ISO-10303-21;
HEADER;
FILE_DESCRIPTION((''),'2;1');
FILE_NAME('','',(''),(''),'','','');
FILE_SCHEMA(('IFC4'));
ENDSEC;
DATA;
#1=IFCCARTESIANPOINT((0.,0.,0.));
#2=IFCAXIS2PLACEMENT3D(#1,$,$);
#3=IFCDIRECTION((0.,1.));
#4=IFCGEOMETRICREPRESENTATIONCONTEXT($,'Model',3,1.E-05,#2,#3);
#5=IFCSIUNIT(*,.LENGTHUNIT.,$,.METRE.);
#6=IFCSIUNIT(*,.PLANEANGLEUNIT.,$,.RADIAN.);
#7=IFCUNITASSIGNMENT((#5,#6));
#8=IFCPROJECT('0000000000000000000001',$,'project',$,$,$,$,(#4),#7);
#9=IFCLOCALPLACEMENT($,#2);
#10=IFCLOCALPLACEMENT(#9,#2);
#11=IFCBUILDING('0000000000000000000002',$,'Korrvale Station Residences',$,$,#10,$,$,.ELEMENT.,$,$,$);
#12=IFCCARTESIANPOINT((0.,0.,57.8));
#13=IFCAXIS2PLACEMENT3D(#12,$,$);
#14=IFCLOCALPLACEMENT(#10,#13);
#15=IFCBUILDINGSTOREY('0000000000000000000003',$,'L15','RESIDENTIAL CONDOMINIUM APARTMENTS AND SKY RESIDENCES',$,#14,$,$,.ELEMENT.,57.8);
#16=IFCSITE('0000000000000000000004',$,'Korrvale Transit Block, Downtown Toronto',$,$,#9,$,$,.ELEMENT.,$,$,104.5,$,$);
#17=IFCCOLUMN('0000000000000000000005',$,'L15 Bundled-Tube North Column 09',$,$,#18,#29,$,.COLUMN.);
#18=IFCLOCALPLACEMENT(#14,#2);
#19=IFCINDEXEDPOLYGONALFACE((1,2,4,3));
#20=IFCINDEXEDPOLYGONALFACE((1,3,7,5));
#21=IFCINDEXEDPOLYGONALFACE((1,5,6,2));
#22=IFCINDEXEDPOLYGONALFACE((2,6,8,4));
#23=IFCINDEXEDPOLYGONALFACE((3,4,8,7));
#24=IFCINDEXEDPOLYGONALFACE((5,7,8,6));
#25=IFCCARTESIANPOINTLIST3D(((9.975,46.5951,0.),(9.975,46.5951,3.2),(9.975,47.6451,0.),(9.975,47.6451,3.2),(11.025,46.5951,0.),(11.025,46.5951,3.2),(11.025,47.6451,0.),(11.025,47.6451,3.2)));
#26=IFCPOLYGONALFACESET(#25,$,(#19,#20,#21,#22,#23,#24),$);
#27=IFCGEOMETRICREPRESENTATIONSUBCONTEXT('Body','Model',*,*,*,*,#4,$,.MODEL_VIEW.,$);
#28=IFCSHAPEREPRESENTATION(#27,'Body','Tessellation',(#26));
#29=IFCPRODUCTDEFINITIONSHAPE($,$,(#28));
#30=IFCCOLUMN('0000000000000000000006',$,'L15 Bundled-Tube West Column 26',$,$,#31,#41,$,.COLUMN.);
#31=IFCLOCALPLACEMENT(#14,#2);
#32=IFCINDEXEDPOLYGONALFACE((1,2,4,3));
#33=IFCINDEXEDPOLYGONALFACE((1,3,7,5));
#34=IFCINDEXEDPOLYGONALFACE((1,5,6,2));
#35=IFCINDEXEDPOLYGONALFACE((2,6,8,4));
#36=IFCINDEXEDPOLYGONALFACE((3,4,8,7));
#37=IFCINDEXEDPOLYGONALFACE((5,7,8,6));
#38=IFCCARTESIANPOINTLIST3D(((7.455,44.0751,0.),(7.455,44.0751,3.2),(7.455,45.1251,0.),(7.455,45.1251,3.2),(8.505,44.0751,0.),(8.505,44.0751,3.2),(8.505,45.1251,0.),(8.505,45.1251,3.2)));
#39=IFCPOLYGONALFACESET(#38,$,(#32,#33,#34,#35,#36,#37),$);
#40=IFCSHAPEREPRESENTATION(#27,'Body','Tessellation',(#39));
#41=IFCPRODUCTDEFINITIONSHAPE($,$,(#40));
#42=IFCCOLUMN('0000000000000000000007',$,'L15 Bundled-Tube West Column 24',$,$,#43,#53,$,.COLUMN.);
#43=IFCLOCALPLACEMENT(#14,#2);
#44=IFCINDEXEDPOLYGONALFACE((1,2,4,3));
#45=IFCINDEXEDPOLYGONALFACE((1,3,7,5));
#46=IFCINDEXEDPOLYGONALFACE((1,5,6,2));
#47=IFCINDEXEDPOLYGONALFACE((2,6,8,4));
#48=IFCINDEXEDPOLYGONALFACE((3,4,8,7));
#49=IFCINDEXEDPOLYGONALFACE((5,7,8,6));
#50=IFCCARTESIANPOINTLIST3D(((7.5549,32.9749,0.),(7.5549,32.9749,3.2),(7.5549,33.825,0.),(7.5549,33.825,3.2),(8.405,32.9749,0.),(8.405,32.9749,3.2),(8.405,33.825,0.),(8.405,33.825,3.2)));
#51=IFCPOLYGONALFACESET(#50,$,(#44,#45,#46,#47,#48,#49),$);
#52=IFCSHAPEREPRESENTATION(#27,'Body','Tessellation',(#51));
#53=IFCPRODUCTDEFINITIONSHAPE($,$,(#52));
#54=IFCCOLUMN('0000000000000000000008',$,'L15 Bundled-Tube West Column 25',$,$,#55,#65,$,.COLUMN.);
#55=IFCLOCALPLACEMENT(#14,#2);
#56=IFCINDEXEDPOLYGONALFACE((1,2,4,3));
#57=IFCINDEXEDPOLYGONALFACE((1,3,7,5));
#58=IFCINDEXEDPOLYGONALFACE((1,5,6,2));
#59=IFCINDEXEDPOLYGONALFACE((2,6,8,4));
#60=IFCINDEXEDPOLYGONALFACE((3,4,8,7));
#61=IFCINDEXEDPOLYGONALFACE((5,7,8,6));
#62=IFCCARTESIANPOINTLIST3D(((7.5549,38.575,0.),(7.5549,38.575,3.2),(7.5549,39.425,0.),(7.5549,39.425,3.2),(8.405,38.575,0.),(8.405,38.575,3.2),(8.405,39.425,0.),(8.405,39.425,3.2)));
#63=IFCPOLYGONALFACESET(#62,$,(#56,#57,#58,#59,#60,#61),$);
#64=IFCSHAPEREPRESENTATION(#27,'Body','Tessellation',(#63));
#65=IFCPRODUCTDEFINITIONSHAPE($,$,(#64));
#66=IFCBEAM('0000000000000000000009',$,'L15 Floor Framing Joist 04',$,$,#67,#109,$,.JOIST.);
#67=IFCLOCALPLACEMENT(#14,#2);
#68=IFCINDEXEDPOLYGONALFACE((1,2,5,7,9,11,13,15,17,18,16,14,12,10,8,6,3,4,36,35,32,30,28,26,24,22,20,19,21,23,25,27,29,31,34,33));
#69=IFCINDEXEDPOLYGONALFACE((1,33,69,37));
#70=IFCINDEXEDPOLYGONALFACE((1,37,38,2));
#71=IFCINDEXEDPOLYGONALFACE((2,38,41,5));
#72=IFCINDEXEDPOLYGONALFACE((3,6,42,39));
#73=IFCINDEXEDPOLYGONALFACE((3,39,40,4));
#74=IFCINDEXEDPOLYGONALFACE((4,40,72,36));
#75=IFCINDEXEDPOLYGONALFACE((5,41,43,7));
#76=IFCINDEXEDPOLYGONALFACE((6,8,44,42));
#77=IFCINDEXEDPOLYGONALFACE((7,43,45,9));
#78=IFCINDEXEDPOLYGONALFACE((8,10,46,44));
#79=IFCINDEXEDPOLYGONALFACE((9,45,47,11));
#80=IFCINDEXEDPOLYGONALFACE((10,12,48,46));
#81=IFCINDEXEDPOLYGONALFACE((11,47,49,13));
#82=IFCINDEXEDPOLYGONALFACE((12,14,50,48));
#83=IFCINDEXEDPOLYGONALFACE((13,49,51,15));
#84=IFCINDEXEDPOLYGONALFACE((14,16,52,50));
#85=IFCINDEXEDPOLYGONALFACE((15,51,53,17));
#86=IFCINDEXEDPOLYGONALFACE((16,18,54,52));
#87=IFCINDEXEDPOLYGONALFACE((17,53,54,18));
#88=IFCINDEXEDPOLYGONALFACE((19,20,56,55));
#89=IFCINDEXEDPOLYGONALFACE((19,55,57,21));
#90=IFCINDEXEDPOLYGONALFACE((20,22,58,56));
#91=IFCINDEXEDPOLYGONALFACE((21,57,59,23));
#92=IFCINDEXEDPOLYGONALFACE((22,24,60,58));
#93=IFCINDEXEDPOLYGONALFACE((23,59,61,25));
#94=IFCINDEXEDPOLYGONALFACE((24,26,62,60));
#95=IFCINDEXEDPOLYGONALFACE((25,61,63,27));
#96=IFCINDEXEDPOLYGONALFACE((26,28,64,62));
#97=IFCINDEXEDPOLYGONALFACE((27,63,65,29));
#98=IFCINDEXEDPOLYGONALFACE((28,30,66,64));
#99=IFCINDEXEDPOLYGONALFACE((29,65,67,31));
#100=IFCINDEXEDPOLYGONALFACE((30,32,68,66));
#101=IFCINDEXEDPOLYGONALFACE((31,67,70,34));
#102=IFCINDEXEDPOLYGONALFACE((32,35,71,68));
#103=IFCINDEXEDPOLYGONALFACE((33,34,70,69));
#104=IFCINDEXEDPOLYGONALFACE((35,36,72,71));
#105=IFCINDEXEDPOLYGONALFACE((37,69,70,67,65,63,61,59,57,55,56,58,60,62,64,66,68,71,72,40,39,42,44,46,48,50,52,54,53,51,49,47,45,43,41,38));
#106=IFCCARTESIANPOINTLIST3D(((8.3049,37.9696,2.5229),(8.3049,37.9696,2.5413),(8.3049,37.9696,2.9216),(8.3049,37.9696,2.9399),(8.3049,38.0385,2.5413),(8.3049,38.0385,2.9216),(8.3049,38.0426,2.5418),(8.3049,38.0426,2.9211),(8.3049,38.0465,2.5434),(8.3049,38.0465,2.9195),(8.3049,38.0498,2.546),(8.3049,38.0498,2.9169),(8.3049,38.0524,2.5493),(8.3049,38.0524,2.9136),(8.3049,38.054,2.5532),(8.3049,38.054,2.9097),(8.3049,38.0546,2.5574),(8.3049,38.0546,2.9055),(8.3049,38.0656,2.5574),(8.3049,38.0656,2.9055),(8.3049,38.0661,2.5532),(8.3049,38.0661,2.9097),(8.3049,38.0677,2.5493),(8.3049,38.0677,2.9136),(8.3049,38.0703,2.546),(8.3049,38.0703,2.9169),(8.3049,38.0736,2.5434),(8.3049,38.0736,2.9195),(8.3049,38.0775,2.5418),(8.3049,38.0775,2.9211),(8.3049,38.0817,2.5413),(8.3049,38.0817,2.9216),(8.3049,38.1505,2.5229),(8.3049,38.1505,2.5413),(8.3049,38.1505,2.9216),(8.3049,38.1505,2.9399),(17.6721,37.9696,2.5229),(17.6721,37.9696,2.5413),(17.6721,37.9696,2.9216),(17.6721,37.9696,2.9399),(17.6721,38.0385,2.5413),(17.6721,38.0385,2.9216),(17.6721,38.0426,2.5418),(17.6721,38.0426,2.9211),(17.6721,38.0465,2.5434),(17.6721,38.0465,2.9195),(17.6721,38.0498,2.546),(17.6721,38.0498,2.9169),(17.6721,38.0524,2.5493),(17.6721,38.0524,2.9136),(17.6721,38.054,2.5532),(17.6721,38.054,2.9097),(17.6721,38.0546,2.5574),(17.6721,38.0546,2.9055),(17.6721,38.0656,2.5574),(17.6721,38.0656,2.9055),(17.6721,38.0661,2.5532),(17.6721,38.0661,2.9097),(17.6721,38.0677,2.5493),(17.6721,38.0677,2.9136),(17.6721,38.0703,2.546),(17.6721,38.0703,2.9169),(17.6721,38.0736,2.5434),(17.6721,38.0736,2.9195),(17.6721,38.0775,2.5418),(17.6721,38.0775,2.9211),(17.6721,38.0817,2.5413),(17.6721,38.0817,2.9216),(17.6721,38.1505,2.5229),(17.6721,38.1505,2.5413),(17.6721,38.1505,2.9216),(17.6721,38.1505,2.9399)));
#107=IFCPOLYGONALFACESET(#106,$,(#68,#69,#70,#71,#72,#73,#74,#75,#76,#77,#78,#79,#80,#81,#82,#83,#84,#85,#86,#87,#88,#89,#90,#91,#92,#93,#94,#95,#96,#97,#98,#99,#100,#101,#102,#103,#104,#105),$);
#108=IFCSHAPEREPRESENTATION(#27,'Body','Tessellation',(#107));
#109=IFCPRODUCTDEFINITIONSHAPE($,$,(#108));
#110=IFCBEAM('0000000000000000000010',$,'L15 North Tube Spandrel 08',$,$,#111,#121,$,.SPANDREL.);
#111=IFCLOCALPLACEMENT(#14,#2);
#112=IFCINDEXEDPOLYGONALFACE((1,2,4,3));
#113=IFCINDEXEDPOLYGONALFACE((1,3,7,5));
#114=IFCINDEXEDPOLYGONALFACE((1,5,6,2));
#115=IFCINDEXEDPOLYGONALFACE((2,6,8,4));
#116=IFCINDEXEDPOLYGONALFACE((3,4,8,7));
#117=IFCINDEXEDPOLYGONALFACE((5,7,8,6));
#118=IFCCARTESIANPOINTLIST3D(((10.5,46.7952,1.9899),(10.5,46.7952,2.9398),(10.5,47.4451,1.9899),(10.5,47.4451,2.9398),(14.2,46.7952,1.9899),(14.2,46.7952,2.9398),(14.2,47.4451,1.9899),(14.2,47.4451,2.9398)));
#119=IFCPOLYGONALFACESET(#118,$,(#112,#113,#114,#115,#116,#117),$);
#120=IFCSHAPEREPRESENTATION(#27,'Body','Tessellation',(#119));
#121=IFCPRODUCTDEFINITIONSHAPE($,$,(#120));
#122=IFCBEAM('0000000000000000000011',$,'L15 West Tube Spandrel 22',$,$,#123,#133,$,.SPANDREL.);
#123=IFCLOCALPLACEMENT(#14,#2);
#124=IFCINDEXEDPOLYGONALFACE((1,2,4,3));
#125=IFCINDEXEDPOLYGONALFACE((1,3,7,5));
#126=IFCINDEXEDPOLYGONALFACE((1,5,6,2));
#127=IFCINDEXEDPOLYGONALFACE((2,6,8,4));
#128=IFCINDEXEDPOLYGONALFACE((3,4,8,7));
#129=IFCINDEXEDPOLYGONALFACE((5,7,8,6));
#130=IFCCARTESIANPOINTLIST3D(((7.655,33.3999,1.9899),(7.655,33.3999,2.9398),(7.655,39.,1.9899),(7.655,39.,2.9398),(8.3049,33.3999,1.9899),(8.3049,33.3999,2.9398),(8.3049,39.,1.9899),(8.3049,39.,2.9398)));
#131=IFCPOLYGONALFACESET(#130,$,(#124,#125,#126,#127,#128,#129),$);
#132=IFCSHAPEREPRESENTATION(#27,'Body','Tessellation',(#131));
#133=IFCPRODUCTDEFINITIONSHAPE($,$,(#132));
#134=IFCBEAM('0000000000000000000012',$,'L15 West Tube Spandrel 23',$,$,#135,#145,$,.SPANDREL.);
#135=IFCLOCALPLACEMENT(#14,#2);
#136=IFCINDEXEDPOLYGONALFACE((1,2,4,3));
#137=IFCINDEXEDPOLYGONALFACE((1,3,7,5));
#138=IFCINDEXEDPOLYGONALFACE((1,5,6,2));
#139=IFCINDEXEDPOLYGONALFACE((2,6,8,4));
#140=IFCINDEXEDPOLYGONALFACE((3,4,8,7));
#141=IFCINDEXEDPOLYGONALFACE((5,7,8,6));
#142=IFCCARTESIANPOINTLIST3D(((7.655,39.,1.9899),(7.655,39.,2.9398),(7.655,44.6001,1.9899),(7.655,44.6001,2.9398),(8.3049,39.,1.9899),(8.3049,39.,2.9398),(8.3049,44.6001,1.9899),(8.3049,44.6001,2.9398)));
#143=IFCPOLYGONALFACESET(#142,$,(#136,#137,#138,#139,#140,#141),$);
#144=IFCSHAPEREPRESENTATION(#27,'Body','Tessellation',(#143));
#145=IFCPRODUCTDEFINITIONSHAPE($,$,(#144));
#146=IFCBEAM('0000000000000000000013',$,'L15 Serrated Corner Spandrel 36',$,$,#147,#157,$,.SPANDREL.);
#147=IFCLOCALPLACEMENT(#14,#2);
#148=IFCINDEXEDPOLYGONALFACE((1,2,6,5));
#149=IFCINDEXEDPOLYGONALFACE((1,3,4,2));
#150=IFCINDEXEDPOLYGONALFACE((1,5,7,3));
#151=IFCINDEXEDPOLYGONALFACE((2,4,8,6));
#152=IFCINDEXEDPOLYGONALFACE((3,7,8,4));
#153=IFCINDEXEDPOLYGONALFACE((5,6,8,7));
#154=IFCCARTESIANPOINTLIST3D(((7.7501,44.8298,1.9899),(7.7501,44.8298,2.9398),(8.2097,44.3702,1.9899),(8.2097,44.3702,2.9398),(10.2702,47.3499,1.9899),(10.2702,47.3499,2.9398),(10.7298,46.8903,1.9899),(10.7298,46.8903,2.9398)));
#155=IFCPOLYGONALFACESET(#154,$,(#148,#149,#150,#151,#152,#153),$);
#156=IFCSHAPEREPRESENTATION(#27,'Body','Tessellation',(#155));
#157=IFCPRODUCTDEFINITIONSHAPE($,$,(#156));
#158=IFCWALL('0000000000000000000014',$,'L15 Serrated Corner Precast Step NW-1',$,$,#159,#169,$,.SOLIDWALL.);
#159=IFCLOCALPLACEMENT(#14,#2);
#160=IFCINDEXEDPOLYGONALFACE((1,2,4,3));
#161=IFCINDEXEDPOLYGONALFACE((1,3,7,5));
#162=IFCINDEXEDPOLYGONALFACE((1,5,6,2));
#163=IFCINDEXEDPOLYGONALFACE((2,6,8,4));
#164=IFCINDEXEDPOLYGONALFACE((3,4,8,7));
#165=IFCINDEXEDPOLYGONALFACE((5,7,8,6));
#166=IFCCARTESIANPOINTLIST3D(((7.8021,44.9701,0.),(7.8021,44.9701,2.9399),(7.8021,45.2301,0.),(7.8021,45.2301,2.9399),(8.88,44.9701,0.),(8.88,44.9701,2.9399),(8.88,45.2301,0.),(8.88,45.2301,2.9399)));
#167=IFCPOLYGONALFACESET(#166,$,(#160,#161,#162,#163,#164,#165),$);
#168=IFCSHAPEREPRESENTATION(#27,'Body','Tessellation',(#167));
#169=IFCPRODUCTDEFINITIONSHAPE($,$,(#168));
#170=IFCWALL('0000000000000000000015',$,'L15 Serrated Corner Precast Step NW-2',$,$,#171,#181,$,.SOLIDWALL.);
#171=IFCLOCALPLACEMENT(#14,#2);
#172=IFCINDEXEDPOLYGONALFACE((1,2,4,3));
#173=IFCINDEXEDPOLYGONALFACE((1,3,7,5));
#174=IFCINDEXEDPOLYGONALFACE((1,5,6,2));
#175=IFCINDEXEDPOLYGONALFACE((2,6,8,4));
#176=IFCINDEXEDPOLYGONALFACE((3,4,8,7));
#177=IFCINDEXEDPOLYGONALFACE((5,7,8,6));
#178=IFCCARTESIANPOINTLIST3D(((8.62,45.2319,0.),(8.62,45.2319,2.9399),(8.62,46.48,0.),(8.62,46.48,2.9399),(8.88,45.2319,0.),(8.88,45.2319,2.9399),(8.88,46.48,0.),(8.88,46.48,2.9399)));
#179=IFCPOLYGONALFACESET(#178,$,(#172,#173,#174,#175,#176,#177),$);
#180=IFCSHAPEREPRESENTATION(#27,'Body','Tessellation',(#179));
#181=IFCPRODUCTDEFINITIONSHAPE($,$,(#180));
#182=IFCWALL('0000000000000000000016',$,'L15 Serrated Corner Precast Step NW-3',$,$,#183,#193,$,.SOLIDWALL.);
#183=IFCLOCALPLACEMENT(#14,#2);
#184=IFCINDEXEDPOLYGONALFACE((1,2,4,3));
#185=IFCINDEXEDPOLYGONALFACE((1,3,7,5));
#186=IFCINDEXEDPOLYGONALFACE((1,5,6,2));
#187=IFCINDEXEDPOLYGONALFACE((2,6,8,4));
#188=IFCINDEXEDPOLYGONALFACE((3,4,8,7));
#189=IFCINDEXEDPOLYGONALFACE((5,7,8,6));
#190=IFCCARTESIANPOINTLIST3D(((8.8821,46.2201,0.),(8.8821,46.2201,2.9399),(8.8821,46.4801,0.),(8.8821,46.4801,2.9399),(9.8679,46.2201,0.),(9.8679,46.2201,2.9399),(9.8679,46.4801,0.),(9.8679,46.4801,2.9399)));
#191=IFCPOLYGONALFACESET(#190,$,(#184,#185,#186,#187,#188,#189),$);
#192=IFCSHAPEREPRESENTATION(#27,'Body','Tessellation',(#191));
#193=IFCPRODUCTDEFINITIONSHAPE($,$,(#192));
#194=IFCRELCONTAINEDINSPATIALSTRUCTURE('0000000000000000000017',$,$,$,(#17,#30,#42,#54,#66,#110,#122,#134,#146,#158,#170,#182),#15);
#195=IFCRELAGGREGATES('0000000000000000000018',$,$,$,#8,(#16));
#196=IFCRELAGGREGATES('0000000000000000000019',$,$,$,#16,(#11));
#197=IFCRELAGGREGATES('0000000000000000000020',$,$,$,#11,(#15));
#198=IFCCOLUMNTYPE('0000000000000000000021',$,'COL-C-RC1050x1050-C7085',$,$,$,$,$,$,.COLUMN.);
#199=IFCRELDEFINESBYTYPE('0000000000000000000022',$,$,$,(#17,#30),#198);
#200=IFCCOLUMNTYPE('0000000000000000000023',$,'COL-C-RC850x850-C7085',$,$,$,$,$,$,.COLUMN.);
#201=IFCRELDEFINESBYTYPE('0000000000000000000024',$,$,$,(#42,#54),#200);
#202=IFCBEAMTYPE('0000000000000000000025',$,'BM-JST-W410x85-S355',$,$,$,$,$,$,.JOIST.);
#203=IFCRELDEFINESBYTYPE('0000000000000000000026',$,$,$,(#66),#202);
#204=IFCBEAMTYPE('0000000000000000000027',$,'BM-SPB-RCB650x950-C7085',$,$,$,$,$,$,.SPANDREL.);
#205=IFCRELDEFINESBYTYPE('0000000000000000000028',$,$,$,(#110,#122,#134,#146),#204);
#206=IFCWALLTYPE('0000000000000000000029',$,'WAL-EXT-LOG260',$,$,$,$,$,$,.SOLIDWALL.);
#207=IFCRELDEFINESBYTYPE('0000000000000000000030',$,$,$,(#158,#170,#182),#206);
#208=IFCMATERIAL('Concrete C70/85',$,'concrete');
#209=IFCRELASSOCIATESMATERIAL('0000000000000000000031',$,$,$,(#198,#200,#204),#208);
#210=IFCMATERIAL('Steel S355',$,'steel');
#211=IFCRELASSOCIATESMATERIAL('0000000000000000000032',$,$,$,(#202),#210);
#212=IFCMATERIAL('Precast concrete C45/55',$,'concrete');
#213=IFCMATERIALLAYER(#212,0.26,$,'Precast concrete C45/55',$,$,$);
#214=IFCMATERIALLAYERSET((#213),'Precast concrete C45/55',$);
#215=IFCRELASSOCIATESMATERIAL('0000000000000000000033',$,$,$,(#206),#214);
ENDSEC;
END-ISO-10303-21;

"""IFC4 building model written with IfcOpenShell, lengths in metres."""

from ifc_helpers import new_model, si_unit, direction, frame, frame_2d, origin, origin_2d, place, context, subcontext, project, spatial, rectangle, i_section, extrude, material, layer, layer_set, material_profile, profile_set, type_object, element, save


model = new_model("IFC4")

# Units and contexts
model_context = context("Model", 3, precision=1e-05, world=origin(), true_north=direction((0.0, 1.0)))
body_context = subcontext(model_context, "Body", "Model", "MODEL_VIEW")
ifc_project = project(units=[si_unit("LENGTHUNIT", "METRE"), si_unit("PLANEANGLEUNIT", "RADIAN")], contexts=[model_context])

# Site, building, storey
site_placement = place(None, origin())
site = spatial("IfcSite", under=ifc_project, at=site_placement, Name="Korrvale Transit Block, Downtown Toronto", CompositionType="ELEMENT", RefElevation=104.5)
building_placement = place(site_placement, origin())
building = spatial("IfcBuilding", under=site, at=building_placement, Name="Korrvale Station Residences", CompositionType="ELEMENT")
storey_placement = place(building_placement, frame((0.0, 0.0, 57.8)))
storey = spatial("IfcBuildingStorey", under=building, at=storey_placement, Name="L15", Description="RESIDENTIAL CONDOMINIUM APARTMENTS AND SKY RESIDENCES", CompositionType="ELEMENT", Elevation=57.8)

# Columns
ifc_material_1 = material(Name="Concrete C70/85", Category="concrete")
ifc_material_profile_1 = material_profile(ifc_material_1, rectangle(XDim=1.05, YDim=1.05, at=origin_2d()), Name="RC1050x1050")
ifc_profile_set_1 = profile_set([ifc_material_profile_1], Name="Concrete C70/85")
column_type_1 = type_object("IfcColumnType", Name="COL-C-RC1050x1050-C7085", PredefinedType="COLUMN", material=ifc_profile_set_1)
for number, where, z_axis, x_axis, name in (
    (1, (10.5, 47.1201, 0.0), (0.0, 0.0, 1.0), (1.0, 0.0, 0.0), "L15 Bundled-Tube North Column 09"),
    (2, (7.98, 44.6001, 0.0), (0.0, 0.0, 1.0), (1.0, 0.0, 0.0), "L15 Bundled-Tube West Column 26"),
):
    element("IfcColumn", number, at=place(storey_placement, frame(where, z_axis=z_axis, x_axis=x_axis)), inside=storey, type_object=column_type_1, Name=name, PredefinedType="COLUMN", context=body_context, shape_type="SweptSolid", body=[
        extrude(rectangle(XDim=1.05, YDim=1.05, at=origin_2d()), origin(), (0.0, 0.0, 1.0), 3.2),
    ])
ifc_material_profile_2 = material_profile(ifc_material_1, rectangle(XDim=0.8501, YDim=0.8501, at=origin_2d()), Name="RC850x850")
ifc_profile_set_2 = profile_set([ifc_material_profile_2], Name="Concrete C70/85")
column_type_2 = type_object("IfcColumnType", Name="COL-C-RC850x850-C7085", PredefinedType="COLUMN", material=ifc_profile_set_2)
for number, where, z_axis, x_axis, name in (
    (3, (7.98, 33.3999, 0.0), (0.0, 0.0, 1.0), (1.0, 0.0, 0.0), "L15 Bundled-Tube West Column 24"),
    (4, (7.98, 39.0, 0.0), (0.0, 0.0, 1.0), (1.0, 0.0, 0.0), "L15 Bundled-Tube West Column 25"),
):
    element("IfcColumn", number, at=place(storey_placement, frame(where, z_axis=z_axis, x_axis=x_axis)), inside=storey, type_object=column_type_2, Name=name, PredefinedType="COLUMN", context=body_context, shape_type="SweptSolid", body=[
        extrude(rectangle(XDim=0.8501, YDim=0.8501, at=origin_2d()), origin(), (0.0, 0.0, 1.0), 3.2),
    ])

# Beams
ifc_material_2 = material(Name="Steel S355", Category="steel")
ifc_material_profile_3 = material_profile(ifc_material_2, i_section(OverallWidth=0.1809, OverallDepth=0.417, WebThickness=0.011, FlangeThickness=0.0183, FilletRadius=0.0161, at=origin_2d()), Name="W410x85")
ifc_profile_set_3 = profile_set([ifc_material_profile_3], Name="Steel S355")
beam_type_1 = type_object("IfcBeamType", Name="BM-JST-W410x85-S355", PredefinedType="JOIST", material=ifc_profile_set_3)
beam_1_placement = place(storey_placement, frame((8.3049, 38.0601, 2.7314), z_axis=(1.0, 0.0, 0.0), x_axis=(0.0, 1.0, 0.0)))
element("IfcBeam", 5, at=beam_1_placement, inside=storey, type_object=beam_type_1, Name="L15 Floor Framing Joist 04", PredefinedType="JOIST", context=body_context, shape_type="SweptSolid", body=[
    extrude(i_section(OverallWidth=0.1809, OverallDepth=0.417, WebThickness=0.011, FlangeThickness=0.0183, FilletRadius=0.0161, at=origin_2d()), origin(), (0.0, 0.0, 1.0), 9.3672),
])
ifc_material_profile_4 = material_profile(ifc_material_1, rectangle(XDim=0.6499, YDim=0.95, at=origin_2d()), Name="RCB650x950")
ifc_profile_set_4 = profile_set([ifc_material_profile_4], Name="Concrete C70/85")
beam_type_2 = type_object("IfcBeamType", Name="BM-SPB-RCB650x950-C7085", PredefinedType="SPANDREL", material=ifc_profile_set_4)
beam_2_placement = place(storey_placement, frame((10.5, 47.1201, 2.4648), z_axis=(1.0, 0.0, 0.0), x_axis=(0.0, 1.0, 0.0)))
element("IfcBeam", 6, at=beam_2_placement, inside=storey, type_object=beam_type_2, Name="L15 North Tube Spandrel 08", PredefinedType="SPANDREL", context=body_context, shape_type="SweptSolid", body=[
    extrude(rectangle(XDim=0.6499, YDim=0.95, at=origin_2d()), origin(), (0.0, 0.0, 1.0), 3.7),
])
for number, where, z_axis, x_axis, name in (
    (7, (7.98, 33.3999, 2.4648), (0.0, 1.0, 0.0), (-1.0, 0.0, 0.0), "L15 West Tube Spandrel 22"),
    (8, (7.98, 39.0, 2.4648), (0.0, 1.0, 0.0), (-1.0, 0.0, 0.0), "L15 West Tube Spandrel 23"),
):
    element("IfcBeam", number, at=place(storey_placement, frame(where, z_axis=z_axis, x_axis=x_axis)), inside=storey, type_object=beam_type_2, Name=name, PredefinedType="SPANDREL", context=body_context, shape_type="SweptSolid", body=[
        extrude(rectangle(XDim=0.6499, YDim=0.95, at=origin_2d()), origin(), (0.0, 0.0, 1.0), 5.6001),
    ])
beam_3_placement = place(storey_placement, frame((10.5, 47.1201, 2.4648), z_axis=(-0.707107, -0.707107, 0.0), x_axis=(0.707107, -0.707107, 0.0)))
element("IfcBeam", 9, at=beam_3_placement, inside=storey, type_object=beam_type_2, Name="L15 Serrated Corner Spandrel 36", PredefinedType="SPANDREL", context=body_context, shape_type="SweptSolid", body=[
    extrude(rectangle(XDim=0.6499, YDim=0.95, at=origin_2d()), origin(), (0.0, 0.0, 1.0), 3.564),
])

# Walls
ifc_material_3 = material(Name="Precast concrete C45/55", Category="concrete")
ifc_layer_1 = layer(ifc_material_3, 0.26, Name="Precast concrete C45/55")
ifc_layer_set_1 = layer_set([ifc_layer_1], Name="Precast concrete C45/55")
wall_type_1 = type_object("IfcWallType", Name="WAL-EXT-LOG260", PredefinedType="SOLIDWALL", material=ifc_layer_set_1)
wall_1_placement = place(storey_placement, frame((7.802, 45.1001, 0.0), z_axis=(0.0, 0.0, 1.0), x_axis=(1.0, 0.0, 0.0)))
element("IfcWall", 10, at=wall_1_placement, inside=storey, type_object=wall_type_1, Name="L15 Serrated Corner Precast Step NW-1", PredefinedType="SOLIDWALL", context=body_context, shape_type="SweptSolid", body=[
    extrude(rectangle(XDim=1.0779, YDim=0.26, at=frame_2d((0.5391, 0.0))), origin(), (0.0, 0.0, 1.0), 2.9399),
])
wall_2_placement = place(storey_placement, frame((8.75, 45.2319, 0.0), z_axis=(0.0, 0.0, 1.0), x_axis=(0.0, 1.0, 0.0)))
element("IfcWall", 11, at=wall_2_placement, inside=storey, type_object=wall_type_1, Name="L15 Serrated Corner Precast Step NW-2", PredefinedType="SOLIDWALL", context=body_context, shape_type="SweptSolid", body=[
    extrude(rectangle(XDim=1.248, YDim=0.26, at=frame_2d((0.624, 0.0))), origin(), (0.0, 0.0, 1.0), 2.9399),
])
wall_3_placement = place(storey_placement, frame((8.8821, 46.3501, 0.0), z_axis=(0.0, 0.0, 1.0), x_axis=(1.0, 0.0, 0.0)))
element("IfcWall", 12, at=wall_3_placement, inside=storey, type_object=wall_type_1, Name="L15 Serrated Corner Precast Step NW-3", PredefinedType="SOLIDWALL", context=body_context, shape_type="SweptSolid", body=[
    extrude(rectangle(XDim=0.9858, YDim=0.26, at=frame_2d((0.4929, 0.0))), origin(), (0.0, 0.0, 1.0), 2.9399),
])

save(model, "model.ifc")
